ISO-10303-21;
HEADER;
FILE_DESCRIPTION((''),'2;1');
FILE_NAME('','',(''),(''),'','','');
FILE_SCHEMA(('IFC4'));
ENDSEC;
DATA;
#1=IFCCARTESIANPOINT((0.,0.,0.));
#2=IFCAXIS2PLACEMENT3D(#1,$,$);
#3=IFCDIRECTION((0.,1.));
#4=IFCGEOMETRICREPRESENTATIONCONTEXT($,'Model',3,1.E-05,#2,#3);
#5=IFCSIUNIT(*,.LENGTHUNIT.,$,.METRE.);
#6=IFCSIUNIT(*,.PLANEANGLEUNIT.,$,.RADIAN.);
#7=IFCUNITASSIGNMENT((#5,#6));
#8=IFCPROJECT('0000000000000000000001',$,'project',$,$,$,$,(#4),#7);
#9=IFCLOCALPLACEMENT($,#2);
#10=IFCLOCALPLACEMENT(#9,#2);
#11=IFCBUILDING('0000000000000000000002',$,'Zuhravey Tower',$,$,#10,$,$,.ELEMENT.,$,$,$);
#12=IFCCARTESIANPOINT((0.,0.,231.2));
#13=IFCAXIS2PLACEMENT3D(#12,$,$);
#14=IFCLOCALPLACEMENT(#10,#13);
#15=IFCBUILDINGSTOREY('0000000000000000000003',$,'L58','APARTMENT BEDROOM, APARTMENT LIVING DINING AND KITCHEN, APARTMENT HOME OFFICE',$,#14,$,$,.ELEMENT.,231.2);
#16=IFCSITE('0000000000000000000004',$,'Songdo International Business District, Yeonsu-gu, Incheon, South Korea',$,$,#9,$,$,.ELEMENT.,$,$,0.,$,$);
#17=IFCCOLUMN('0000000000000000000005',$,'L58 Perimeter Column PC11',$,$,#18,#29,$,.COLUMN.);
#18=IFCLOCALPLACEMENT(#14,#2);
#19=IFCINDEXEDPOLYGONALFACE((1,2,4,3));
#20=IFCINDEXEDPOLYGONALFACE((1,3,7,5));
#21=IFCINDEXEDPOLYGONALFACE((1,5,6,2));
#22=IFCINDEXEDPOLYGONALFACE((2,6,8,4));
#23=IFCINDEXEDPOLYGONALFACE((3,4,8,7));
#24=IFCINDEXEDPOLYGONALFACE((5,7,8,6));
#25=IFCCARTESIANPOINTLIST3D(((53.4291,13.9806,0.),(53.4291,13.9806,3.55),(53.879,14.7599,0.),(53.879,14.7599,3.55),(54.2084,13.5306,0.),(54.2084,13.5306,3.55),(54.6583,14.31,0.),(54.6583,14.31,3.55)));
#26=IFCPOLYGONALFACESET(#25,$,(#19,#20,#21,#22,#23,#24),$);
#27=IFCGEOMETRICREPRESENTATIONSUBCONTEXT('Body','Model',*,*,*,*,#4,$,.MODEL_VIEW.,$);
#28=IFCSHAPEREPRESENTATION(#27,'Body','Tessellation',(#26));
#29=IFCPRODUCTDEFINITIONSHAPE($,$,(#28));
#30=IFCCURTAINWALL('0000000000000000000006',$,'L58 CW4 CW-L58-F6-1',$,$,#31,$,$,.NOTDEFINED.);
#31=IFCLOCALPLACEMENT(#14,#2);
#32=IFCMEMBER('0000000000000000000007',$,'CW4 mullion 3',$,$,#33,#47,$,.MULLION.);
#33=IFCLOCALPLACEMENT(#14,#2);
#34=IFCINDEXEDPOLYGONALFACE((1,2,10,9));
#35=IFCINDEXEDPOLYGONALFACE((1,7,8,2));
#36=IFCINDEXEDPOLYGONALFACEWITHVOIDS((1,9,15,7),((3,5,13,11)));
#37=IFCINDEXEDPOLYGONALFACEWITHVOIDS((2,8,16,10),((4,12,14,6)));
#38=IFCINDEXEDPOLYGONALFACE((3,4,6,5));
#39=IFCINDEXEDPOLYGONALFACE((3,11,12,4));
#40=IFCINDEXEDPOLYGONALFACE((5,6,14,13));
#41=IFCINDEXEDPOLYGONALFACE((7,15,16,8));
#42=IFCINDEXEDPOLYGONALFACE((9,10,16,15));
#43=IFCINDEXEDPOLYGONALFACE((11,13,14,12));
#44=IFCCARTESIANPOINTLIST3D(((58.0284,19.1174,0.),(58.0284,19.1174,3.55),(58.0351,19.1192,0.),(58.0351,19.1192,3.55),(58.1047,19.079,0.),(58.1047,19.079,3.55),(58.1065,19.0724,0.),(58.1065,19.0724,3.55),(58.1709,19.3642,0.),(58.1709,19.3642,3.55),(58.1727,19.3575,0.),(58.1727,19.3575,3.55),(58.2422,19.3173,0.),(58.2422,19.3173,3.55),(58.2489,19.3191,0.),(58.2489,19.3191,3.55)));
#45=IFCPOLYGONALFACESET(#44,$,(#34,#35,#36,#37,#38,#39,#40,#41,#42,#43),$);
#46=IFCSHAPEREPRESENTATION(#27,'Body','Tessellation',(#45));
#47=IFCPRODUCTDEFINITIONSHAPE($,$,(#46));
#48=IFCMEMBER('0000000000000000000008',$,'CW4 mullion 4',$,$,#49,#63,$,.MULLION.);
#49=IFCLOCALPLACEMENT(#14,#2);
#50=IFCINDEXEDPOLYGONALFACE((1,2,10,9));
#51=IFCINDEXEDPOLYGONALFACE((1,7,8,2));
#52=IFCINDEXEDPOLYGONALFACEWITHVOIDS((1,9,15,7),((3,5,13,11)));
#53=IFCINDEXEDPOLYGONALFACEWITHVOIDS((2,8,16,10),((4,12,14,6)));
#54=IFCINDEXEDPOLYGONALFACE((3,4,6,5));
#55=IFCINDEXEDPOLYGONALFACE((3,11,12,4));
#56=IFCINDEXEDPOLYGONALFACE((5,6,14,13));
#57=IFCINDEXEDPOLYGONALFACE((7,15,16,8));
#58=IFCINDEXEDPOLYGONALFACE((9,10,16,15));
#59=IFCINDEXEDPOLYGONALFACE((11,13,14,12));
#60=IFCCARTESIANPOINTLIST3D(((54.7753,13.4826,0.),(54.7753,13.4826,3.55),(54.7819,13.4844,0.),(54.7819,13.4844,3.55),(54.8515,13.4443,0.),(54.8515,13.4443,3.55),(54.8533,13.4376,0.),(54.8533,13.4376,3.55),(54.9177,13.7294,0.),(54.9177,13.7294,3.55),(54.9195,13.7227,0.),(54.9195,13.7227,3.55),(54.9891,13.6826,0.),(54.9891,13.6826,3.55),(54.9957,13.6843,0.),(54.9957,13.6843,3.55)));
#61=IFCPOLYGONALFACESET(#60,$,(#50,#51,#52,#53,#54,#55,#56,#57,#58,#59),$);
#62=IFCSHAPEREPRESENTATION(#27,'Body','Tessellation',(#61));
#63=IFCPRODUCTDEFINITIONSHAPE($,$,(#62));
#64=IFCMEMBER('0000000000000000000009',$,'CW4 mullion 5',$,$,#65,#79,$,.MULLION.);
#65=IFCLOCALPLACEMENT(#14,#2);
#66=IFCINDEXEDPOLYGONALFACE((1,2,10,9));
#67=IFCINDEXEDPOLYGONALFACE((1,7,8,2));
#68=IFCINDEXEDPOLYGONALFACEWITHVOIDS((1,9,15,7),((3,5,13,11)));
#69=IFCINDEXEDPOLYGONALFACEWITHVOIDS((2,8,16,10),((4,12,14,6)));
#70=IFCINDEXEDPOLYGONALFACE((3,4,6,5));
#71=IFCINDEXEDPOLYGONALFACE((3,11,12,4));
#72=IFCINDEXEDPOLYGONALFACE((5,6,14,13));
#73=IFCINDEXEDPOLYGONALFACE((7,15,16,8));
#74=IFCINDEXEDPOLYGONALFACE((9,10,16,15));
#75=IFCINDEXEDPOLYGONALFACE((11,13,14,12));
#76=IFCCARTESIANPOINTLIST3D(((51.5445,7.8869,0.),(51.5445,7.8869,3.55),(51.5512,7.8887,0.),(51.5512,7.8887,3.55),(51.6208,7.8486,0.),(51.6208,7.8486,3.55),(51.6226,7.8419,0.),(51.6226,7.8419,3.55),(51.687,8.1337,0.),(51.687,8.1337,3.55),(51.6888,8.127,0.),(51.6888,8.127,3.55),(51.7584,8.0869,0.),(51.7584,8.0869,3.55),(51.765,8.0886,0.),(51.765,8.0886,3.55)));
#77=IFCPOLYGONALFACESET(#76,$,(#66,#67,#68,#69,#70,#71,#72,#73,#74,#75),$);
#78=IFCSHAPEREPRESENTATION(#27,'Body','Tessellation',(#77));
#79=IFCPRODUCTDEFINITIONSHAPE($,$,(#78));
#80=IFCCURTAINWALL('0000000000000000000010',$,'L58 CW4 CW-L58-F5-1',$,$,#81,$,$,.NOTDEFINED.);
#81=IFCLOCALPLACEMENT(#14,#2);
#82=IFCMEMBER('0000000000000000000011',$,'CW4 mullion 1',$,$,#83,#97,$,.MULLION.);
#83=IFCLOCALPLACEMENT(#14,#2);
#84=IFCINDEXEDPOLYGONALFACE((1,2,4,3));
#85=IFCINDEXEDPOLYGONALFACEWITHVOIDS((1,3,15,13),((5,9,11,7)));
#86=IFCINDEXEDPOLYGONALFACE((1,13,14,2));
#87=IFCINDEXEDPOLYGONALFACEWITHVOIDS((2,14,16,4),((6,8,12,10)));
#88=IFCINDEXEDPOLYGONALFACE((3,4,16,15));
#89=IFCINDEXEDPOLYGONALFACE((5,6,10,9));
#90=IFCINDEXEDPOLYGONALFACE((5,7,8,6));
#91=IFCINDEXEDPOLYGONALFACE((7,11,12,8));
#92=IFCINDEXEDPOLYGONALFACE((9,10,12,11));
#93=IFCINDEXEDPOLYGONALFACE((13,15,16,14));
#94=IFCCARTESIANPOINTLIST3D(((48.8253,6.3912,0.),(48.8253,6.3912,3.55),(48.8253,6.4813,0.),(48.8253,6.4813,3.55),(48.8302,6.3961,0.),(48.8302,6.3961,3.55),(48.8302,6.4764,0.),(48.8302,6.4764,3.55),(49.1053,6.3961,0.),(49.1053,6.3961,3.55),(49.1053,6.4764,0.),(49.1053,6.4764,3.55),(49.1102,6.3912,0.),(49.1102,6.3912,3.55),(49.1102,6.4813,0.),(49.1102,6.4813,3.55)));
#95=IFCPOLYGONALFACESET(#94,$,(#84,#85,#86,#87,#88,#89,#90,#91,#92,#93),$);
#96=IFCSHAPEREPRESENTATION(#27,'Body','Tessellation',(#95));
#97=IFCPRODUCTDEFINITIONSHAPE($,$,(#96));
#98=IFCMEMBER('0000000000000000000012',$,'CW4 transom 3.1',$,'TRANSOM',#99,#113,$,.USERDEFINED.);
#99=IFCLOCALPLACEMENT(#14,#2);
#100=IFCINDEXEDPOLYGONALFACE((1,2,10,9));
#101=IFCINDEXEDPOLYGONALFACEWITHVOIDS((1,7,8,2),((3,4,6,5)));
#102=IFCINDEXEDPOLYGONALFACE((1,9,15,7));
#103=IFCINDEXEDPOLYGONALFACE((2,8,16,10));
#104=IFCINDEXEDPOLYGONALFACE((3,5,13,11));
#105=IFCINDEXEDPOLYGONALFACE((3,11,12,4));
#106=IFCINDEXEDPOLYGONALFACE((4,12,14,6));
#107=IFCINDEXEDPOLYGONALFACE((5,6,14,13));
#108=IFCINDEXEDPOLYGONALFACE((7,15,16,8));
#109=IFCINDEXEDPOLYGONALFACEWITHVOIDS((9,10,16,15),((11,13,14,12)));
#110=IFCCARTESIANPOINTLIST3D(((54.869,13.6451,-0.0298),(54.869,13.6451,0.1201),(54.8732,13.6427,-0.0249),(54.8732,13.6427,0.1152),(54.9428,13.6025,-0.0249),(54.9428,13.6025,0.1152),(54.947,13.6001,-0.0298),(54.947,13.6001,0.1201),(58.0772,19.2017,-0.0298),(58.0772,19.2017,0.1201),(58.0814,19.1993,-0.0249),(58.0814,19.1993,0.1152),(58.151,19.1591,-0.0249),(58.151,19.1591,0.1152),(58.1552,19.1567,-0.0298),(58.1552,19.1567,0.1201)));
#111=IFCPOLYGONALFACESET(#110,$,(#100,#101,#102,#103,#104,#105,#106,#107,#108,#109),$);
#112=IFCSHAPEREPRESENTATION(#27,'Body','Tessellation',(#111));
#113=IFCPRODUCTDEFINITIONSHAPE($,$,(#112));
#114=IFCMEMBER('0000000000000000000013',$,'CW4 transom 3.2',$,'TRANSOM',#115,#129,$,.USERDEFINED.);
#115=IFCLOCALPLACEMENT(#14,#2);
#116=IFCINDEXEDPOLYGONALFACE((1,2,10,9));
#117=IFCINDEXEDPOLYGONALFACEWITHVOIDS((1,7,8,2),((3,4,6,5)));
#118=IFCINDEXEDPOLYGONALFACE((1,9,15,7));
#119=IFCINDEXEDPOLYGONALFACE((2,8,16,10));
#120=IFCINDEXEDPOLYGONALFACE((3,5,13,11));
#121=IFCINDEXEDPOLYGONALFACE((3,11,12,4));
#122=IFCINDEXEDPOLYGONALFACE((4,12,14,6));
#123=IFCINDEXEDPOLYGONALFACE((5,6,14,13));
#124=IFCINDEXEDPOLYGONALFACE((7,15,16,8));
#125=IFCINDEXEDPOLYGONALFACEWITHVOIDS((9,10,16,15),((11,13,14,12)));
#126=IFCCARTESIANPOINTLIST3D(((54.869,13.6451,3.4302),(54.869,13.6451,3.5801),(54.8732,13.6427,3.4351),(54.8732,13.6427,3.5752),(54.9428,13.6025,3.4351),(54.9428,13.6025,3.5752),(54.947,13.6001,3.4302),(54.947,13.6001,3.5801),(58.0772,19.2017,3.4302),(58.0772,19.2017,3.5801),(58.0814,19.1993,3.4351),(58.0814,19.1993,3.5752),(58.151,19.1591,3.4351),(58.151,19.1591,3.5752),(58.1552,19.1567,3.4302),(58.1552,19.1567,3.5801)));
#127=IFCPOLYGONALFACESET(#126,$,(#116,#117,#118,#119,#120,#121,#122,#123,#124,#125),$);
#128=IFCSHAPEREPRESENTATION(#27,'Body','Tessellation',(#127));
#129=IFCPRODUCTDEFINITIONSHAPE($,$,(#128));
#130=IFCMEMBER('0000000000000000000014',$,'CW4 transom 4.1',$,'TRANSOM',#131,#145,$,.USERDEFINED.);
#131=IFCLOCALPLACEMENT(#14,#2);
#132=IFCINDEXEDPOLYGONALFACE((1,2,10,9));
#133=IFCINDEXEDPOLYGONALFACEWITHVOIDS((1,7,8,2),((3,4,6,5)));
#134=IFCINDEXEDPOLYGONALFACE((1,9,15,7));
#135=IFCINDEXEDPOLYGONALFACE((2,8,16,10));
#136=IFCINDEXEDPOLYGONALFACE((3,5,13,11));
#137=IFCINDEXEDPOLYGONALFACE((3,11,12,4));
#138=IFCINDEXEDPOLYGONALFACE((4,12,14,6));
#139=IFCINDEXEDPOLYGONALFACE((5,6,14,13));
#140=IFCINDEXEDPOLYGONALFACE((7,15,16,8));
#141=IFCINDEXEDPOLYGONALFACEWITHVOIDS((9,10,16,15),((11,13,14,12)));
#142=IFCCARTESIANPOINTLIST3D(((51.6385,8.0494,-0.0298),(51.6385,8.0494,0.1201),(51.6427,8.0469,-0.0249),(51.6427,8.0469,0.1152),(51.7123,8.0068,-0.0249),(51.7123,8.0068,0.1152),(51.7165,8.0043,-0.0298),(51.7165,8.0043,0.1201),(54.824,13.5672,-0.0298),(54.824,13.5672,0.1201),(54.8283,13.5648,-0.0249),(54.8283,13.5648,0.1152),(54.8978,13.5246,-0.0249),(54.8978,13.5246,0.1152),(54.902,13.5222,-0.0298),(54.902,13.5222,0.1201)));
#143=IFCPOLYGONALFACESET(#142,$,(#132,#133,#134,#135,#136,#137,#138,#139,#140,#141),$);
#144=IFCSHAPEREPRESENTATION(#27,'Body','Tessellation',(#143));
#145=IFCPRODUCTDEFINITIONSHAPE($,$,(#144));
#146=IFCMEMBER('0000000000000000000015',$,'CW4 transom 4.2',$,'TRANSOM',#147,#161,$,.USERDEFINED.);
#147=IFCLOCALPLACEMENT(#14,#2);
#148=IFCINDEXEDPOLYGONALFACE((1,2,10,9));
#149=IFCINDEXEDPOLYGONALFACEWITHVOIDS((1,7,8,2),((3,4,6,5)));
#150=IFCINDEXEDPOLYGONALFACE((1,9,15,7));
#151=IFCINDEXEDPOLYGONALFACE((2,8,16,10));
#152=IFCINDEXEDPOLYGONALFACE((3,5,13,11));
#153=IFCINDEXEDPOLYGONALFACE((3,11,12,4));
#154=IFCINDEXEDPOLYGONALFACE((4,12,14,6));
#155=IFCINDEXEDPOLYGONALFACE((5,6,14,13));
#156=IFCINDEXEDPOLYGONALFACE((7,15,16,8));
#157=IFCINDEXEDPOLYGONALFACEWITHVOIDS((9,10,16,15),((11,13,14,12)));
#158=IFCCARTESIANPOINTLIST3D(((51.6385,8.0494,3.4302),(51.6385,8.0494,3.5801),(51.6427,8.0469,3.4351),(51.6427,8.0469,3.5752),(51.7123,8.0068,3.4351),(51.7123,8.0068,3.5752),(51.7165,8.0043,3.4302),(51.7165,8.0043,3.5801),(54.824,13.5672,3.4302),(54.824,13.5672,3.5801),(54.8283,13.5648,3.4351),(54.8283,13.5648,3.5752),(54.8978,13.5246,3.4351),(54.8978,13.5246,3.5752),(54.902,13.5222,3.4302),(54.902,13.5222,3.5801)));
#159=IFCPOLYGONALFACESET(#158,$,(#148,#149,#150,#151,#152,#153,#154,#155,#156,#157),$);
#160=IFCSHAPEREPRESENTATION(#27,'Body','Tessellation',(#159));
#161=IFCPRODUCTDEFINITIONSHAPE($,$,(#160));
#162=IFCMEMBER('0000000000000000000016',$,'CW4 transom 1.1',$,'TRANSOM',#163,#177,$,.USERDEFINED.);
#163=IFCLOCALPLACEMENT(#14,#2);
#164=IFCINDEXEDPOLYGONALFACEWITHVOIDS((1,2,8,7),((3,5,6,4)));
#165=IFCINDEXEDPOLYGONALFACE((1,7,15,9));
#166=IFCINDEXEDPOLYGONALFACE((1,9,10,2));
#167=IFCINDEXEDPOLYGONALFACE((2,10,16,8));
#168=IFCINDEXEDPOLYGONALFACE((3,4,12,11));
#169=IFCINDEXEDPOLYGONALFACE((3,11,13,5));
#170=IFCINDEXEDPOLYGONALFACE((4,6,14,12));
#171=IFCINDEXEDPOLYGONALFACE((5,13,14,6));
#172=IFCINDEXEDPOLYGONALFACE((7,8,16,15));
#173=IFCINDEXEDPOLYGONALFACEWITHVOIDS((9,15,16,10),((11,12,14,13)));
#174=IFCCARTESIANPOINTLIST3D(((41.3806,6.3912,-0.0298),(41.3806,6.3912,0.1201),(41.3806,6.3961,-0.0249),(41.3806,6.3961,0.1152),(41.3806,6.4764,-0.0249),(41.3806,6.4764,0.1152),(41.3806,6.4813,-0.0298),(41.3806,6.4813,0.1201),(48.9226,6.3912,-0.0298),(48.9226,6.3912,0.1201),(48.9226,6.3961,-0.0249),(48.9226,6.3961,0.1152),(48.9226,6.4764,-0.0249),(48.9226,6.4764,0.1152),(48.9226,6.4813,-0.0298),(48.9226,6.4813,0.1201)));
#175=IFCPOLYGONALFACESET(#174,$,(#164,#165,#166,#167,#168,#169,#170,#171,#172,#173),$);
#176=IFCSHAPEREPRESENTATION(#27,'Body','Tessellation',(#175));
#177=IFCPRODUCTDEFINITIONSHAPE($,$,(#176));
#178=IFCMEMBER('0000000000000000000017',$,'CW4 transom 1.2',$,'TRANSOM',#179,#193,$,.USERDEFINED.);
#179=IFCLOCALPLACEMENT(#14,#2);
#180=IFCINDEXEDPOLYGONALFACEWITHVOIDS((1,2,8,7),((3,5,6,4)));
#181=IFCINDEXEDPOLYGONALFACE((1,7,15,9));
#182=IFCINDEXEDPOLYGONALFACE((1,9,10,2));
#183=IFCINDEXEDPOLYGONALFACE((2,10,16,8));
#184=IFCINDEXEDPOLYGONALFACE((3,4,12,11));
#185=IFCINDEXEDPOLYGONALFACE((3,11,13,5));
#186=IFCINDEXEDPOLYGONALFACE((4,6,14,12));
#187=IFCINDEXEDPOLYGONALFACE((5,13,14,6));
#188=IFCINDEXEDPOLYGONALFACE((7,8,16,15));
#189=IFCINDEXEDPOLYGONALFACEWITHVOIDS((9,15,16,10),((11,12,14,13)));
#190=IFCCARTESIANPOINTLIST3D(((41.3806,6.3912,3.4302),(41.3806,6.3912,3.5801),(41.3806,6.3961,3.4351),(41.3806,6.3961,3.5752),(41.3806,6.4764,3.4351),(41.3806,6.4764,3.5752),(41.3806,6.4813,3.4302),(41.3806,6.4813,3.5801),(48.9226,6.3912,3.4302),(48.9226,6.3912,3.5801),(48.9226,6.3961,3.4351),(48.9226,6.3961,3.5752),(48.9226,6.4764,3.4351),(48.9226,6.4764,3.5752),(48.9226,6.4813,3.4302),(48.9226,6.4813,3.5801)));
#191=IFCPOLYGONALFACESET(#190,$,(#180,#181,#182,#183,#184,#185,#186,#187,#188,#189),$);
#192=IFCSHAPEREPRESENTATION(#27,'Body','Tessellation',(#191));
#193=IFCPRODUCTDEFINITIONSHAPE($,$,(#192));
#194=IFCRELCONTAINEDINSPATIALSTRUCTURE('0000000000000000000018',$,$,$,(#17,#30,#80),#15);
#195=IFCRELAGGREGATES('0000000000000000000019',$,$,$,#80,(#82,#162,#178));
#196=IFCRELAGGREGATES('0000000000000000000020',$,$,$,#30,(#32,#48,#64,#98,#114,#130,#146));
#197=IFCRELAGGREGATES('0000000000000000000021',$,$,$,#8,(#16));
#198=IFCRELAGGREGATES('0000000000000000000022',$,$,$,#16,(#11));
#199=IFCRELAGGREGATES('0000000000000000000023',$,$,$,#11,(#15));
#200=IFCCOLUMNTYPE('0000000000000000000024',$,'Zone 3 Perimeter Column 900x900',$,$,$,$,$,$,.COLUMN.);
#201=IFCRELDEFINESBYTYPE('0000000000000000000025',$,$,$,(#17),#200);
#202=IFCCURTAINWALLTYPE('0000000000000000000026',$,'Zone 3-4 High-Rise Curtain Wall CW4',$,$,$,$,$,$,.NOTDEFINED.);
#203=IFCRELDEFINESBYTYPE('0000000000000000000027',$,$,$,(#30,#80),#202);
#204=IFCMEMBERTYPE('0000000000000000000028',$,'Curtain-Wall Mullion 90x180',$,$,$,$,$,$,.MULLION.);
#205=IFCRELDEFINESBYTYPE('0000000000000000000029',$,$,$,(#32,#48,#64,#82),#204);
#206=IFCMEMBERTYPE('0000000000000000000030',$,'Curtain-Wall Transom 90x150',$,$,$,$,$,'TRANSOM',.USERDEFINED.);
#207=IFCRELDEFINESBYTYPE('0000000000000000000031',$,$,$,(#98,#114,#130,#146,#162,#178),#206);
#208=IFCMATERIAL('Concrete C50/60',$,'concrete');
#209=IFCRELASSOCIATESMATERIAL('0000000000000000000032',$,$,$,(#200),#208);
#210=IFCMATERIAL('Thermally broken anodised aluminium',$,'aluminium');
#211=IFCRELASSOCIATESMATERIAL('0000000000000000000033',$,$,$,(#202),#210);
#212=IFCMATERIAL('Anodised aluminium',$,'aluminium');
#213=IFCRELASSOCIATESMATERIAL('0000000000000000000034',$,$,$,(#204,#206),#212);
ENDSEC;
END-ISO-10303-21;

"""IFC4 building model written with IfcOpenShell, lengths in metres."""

from ifc_helpers import new_model, si_unit, direction, frame, origin, origin_2d, place, context, subcontext, project, spatial, rectangle, hollow_rectangle, extrude, material, material_profile, profile_set, type_object, element, aggregate, save


model = new_model("IFC4")

# Units and contexts
model_context = context("Model", 3, precision=1e-05, world=origin(), true_north=direction((0.0, 1.0)))
body_context = subcontext(model_context, "Body", "Model", "MODEL_VIEW")
ifc_project = project(units=[si_unit("LENGTHUNIT", "METRE"), si_unit("PLANEANGLEUNIT", "RADIAN")], contexts=[model_context])

# Site, building, storey
site_placement = place(None, origin())
site = spatial("IfcSite", under=ifc_project, at=site_placement, Name="Songdo International Business District, Yeonsu-gu, Incheon, South Korea", CompositionType="ELEMENT", RefElevation=0.0)
building_placement = place(site_placement, origin())
building = spatial("IfcBuilding", under=site, at=building_placement, Name="Zuhravey Tower", CompositionType="ELEMENT")
storey_placement = place(building_placement, frame((0.0, 0.0, 231.2)))
storey = spatial("IfcBuildingStorey", under=building, at=storey_placement, Name="L58", Description="APARTMENT BEDROOM, APARTMENT LIVING DINING AND KITCHEN, APARTMENT HOME OFFICE", CompositionType="ELEMENT", Elevation=231.2)

# Column
ifc_material_1 = material(Name="Concrete C50/60", Category="concrete")
ifc_material_profile_1 = material_profile(ifc_material_1, rectangle(XDim=0.8999, YDim=0.8999, at=origin_2d()), Name="RC-900x900")
ifc_profile_set_1 = profile_set([ifc_material_profile_1], Name="Concrete C50/60")
column_type = type_object("IfcColumnType", Name="Zone 3 Perimeter Column 900x900", PredefinedType="COLUMN", material=ifc_profile_set_1)
column_placement = place(storey_placement, frame((54.0437, 14.1453, 0.0), z_axis=(0.0, 0.0, 1.0), x_axis=(0.5, 0.866025, 0.0)))
element("IfcColumn", 1, at=column_placement, inside=storey, type_object=column_type, Name="L58 Perimeter Column PC11", PredefinedType="COLUMN", context=body_context, shape_type="SweptSolid", body=[
    extrude(rectangle(XDim=0.8999, YDim=0.8999, at=origin_2d()), origin(), (0.0, 0.0, 1.0), 3.55),
])

# Curtain wall, members
ifc_material_2 = material(Name="Thermally broken anodised aluminium", Category="aluminium")
curtain_wall_type = type_object("IfcCurtainWallType", Name="Zone 3-4 High-Rise Curtain Wall CW4", PredefinedType="NOTDEFINED", material=ifc_material_2)
curtain_wall_1_placement = place(storey_placement, origin())
curtain_wall_1 = element("IfcCurtainWall", 2, at=curtain_wall_1_placement, inside=storey, type_object=curtain_wall_type, Name="L58 CW4 CW-L58-F6-1", PredefinedType="NOTDEFINED")
ifc_material_3 = material(Name="Anodised aluminium", Category="aluminium")
ifc_material_profile_2 = material_profile(ifc_material_3, hollow_rectangle(XDim=0.0901, YDim=0.2849, WallThickness=0.0049, at=origin_2d()), Name="ALU-RHS-90x285x5")
ifc_profile_set_2 = profile_set([ifc_material_profile_2], Name="Anodised aluminium")
member_type_1 = type_object("IfcMemberType", Name="Curtain-Wall Mullion 90x180", PredefinedType="MULLION", material=ifc_profile_set_2)
member_1_placement = place(storey_placement, frame((58.1387, 19.2183, 0.0), z_axis=(0.0, 0.0, 1.0), x_axis=(0.866025, -0.500001, 0.0)))
member_1 = element("IfcMember", 3, at=member_1_placement, type_object=member_type_1, Name="CW4 mullion 3", PredefinedType="MULLION", context=body_context, shape_type="SweptSolid", body=[
    extrude(hollow_rectangle(XDim=0.0901, YDim=0.2849, WallThickness=0.0049, at=origin_2d()), origin(), (0.0, 0.0, 1.0), 3.55),
])
member_2_placement = place(storey_placement, frame((54.8855, 13.5835, 0.0), z_axis=(0.0, 0.0, 1.0), x_axis=(0.866025, -0.500001, 0.0)))
member_2 = element("IfcMember", 4, at=member_2_placement, type_object=member_type_1, Name="CW4 mullion 4", PredefinedType="MULLION", context=body_context, shape_type="SweptSolid", body=[
    extrude(hollow_rectangle(XDim=0.0901, YDim=0.2849, WallThickness=0.0049, at=origin_2d()), origin(), (0.0, 0.0, 1.0), 3.55),
])
member_3_placement = place(storey_placement, frame((51.6548, 7.9878, 0.0), z_axis=(0.0, 0.0, 1.0), x_axis=(0.866025, -0.500001, 0.0)))
member_3 = element("IfcMember", 5, at=member_3_placement, type_object=member_type_1, Name="CW4 mullion 5", PredefinedType="MULLION", context=body_context, shape_type="SweptSolid", body=[
    extrude(hollow_rectangle(XDim=0.0901, YDim=0.2849, WallThickness=0.0049, at=origin_2d()), origin(), (0.0, 0.0, 1.0), 3.55),
])

# Curtain wall, member
curtain_wall_2_placement = place(storey_placement, origin())
curtain_wall_2 = element("IfcCurtainWall", 6, at=curtain_wall_2_placement, inside=storey, type_object=curtain_wall_type, Name="L58 CW4 CW-L58-F5-1", PredefinedType="NOTDEFINED")
member_4_placement = place(storey_placement, frame((48.9678, 6.4363, 0.0), z_axis=(0.0, 0.0, 1.0), x_axis=(0.0, -1.0, 0.0)))
member_4 = element("IfcMember", 7, at=member_4_placement, type_object=member_type_1, Name="CW4 mullion 1", PredefinedType="MULLION", context=body_context, shape_type="SweptSolid", body=[
    extrude(hollow_rectangle(XDim=0.0901, YDim=0.2849, WallThickness=0.0049, at=origin_2d()), origin(), (0.0, 0.0, 1.0), 3.55),
])

# Members
ifc_material_profile_3 = material_profile(ifc_material_3, hollow_rectangle(XDim=0.0901, YDim=0.1499, WallThickness=0.0049, at=origin_2d()), Name="ALU-RHS-90x150x5")
ifc_profile_set_3 = profile_set([ifc_material_profile_3], Name="Anodised aluminium")
member_type_2 = type_object("IfcMemberType", Name="Curtain-Wall Transom 90x150", ElementType="TRANSOM", PredefinedType="USERDEFINED", material=ifc_profile_set_3)
member_5_placement = place(storey_placement, frame((58.1162, 19.1792, 0.0452), z_axis=(-0.500014, -0.866017, 0.0), x_axis=(0.866017, -0.500014, 0.0)))
member_5 = element("IfcMember", 8, at=member_5_placement, type_object=member_type_2, Name="CW4 transom 3.1", ObjectType="TRANSOM", PredefinedType="USERDEFINED", context=body_context, shape_type="SweptSolid", body=[
    extrude(hollow_rectangle(XDim=0.0901, YDim=0.1499, WallThickness=0.0049, at=origin_2d()), origin(), (0.0, 0.0, 1.0), 6.4163),
])
member_6_placement = place(storey_placement, frame((58.1162, 19.1792, 3.5051), z_axis=(-0.500014, -0.866017, 0.0), x_axis=(0.866017, -0.500014, 0.0)))
member_6 = element("IfcMember", 9, at=member_6_placement, type_object=member_type_2, Name="CW4 transom 3.2", ObjectType="TRANSOM", PredefinedType="USERDEFINED", context=body_context, shape_type="SweptSolid", body=[
    extrude(hollow_rectangle(XDim=0.0901, YDim=0.1499, WallThickness=0.0049, at=origin_2d()), origin(), (0.0, 0.0, 1.0), 6.4163),
])
member_7_placement = place(storey_placement, frame((54.863, 13.5447, 0.0452), z_axis=(-0.49998, -0.866037, 0.0), x_axis=(0.866037, -0.49998, 0.0)))
member_7 = element("IfcMember", 10, at=member_7_placement, type_object=member_type_2, Name="CW4 transom 4.1", ObjectType="TRANSOM", PredefinedType="USERDEFINED", context=body_context, shape_type="SweptSolid", body=[
    extrude(hollow_rectangle(XDim=0.0901, YDim=0.1499, WallThickness=0.0049, at=origin_2d()), origin(), (0.0, 0.0, 1.0), 6.3713),
])
member_8_placement = place(storey_placement, frame((54.863, 13.5447, 3.5051), z_axis=(-0.49998, -0.866037, 0.0), x_axis=(0.866037, -0.49998, 0.0)))
member_8 = element("IfcMember", 11, at=member_8_placement, type_object=member_type_2, Name="CW4 transom 4.2", ObjectType="TRANSOM", PredefinedType="USERDEFINED", context=body_context, shape_type="SweptSolid", body=[
    extrude(hollow_rectangle(XDim=0.0901, YDim=0.1499, WallThickness=0.0049, at=origin_2d()), origin(), (0.0, 0.0, 1.0), 6.3713),
])
member_9_placement = place(storey_placement, frame((48.9226, 6.4363, 0.0452), z_axis=(-1.0, 0.0, 0.0), x_axis=(0.0, -1.0, 0.0)))
member_9 = element("IfcMember", 12, at=member_9_placement, type_object=member_type_2, Name="CW4 transom 1.1", ObjectType="TRANSOM", PredefinedType="USERDEFINED", context=body_context, shape_type="SweptSolid", body=[
    extrude(hollow_rectangle(XDim=0.0901, YDim=0.1499, WallThickness=0.0049, at=origin_2d()), origin(), (0.0, 0.0, 1.0), 7.542),
])
member_10_placement = place(storey_placement, frame((48.9226, 6.4363, 3.5051), z_axis=(-1.0, 0.0, 0.0), x_axis=(0.0, -1.0, 0.0)))
member_10 = element("IfcMember", 13, at=member_10_placement, type_object=member_type_2, Name="CW4 transom 1.2", ObjectType="TRANSOM", PredefinedType="USERDEFINED", context=body_context, shape_type="SweptSolid", body=[
    extrude(hollow_rectangle(XDim=0.0901, YDim=0.1499, WallThickness=0.0049, at=origin_2d()), origin(), (0.0, 0.0, 1.0), 7.542),
])
aggregate(curtain_wall_2, [member_4, member_9, member_10])

aggregate(curtain_wall_1, [member_1, member_2, member_3, member_5, member_6, member_7, member_8])

save(model, "model.ifc")
